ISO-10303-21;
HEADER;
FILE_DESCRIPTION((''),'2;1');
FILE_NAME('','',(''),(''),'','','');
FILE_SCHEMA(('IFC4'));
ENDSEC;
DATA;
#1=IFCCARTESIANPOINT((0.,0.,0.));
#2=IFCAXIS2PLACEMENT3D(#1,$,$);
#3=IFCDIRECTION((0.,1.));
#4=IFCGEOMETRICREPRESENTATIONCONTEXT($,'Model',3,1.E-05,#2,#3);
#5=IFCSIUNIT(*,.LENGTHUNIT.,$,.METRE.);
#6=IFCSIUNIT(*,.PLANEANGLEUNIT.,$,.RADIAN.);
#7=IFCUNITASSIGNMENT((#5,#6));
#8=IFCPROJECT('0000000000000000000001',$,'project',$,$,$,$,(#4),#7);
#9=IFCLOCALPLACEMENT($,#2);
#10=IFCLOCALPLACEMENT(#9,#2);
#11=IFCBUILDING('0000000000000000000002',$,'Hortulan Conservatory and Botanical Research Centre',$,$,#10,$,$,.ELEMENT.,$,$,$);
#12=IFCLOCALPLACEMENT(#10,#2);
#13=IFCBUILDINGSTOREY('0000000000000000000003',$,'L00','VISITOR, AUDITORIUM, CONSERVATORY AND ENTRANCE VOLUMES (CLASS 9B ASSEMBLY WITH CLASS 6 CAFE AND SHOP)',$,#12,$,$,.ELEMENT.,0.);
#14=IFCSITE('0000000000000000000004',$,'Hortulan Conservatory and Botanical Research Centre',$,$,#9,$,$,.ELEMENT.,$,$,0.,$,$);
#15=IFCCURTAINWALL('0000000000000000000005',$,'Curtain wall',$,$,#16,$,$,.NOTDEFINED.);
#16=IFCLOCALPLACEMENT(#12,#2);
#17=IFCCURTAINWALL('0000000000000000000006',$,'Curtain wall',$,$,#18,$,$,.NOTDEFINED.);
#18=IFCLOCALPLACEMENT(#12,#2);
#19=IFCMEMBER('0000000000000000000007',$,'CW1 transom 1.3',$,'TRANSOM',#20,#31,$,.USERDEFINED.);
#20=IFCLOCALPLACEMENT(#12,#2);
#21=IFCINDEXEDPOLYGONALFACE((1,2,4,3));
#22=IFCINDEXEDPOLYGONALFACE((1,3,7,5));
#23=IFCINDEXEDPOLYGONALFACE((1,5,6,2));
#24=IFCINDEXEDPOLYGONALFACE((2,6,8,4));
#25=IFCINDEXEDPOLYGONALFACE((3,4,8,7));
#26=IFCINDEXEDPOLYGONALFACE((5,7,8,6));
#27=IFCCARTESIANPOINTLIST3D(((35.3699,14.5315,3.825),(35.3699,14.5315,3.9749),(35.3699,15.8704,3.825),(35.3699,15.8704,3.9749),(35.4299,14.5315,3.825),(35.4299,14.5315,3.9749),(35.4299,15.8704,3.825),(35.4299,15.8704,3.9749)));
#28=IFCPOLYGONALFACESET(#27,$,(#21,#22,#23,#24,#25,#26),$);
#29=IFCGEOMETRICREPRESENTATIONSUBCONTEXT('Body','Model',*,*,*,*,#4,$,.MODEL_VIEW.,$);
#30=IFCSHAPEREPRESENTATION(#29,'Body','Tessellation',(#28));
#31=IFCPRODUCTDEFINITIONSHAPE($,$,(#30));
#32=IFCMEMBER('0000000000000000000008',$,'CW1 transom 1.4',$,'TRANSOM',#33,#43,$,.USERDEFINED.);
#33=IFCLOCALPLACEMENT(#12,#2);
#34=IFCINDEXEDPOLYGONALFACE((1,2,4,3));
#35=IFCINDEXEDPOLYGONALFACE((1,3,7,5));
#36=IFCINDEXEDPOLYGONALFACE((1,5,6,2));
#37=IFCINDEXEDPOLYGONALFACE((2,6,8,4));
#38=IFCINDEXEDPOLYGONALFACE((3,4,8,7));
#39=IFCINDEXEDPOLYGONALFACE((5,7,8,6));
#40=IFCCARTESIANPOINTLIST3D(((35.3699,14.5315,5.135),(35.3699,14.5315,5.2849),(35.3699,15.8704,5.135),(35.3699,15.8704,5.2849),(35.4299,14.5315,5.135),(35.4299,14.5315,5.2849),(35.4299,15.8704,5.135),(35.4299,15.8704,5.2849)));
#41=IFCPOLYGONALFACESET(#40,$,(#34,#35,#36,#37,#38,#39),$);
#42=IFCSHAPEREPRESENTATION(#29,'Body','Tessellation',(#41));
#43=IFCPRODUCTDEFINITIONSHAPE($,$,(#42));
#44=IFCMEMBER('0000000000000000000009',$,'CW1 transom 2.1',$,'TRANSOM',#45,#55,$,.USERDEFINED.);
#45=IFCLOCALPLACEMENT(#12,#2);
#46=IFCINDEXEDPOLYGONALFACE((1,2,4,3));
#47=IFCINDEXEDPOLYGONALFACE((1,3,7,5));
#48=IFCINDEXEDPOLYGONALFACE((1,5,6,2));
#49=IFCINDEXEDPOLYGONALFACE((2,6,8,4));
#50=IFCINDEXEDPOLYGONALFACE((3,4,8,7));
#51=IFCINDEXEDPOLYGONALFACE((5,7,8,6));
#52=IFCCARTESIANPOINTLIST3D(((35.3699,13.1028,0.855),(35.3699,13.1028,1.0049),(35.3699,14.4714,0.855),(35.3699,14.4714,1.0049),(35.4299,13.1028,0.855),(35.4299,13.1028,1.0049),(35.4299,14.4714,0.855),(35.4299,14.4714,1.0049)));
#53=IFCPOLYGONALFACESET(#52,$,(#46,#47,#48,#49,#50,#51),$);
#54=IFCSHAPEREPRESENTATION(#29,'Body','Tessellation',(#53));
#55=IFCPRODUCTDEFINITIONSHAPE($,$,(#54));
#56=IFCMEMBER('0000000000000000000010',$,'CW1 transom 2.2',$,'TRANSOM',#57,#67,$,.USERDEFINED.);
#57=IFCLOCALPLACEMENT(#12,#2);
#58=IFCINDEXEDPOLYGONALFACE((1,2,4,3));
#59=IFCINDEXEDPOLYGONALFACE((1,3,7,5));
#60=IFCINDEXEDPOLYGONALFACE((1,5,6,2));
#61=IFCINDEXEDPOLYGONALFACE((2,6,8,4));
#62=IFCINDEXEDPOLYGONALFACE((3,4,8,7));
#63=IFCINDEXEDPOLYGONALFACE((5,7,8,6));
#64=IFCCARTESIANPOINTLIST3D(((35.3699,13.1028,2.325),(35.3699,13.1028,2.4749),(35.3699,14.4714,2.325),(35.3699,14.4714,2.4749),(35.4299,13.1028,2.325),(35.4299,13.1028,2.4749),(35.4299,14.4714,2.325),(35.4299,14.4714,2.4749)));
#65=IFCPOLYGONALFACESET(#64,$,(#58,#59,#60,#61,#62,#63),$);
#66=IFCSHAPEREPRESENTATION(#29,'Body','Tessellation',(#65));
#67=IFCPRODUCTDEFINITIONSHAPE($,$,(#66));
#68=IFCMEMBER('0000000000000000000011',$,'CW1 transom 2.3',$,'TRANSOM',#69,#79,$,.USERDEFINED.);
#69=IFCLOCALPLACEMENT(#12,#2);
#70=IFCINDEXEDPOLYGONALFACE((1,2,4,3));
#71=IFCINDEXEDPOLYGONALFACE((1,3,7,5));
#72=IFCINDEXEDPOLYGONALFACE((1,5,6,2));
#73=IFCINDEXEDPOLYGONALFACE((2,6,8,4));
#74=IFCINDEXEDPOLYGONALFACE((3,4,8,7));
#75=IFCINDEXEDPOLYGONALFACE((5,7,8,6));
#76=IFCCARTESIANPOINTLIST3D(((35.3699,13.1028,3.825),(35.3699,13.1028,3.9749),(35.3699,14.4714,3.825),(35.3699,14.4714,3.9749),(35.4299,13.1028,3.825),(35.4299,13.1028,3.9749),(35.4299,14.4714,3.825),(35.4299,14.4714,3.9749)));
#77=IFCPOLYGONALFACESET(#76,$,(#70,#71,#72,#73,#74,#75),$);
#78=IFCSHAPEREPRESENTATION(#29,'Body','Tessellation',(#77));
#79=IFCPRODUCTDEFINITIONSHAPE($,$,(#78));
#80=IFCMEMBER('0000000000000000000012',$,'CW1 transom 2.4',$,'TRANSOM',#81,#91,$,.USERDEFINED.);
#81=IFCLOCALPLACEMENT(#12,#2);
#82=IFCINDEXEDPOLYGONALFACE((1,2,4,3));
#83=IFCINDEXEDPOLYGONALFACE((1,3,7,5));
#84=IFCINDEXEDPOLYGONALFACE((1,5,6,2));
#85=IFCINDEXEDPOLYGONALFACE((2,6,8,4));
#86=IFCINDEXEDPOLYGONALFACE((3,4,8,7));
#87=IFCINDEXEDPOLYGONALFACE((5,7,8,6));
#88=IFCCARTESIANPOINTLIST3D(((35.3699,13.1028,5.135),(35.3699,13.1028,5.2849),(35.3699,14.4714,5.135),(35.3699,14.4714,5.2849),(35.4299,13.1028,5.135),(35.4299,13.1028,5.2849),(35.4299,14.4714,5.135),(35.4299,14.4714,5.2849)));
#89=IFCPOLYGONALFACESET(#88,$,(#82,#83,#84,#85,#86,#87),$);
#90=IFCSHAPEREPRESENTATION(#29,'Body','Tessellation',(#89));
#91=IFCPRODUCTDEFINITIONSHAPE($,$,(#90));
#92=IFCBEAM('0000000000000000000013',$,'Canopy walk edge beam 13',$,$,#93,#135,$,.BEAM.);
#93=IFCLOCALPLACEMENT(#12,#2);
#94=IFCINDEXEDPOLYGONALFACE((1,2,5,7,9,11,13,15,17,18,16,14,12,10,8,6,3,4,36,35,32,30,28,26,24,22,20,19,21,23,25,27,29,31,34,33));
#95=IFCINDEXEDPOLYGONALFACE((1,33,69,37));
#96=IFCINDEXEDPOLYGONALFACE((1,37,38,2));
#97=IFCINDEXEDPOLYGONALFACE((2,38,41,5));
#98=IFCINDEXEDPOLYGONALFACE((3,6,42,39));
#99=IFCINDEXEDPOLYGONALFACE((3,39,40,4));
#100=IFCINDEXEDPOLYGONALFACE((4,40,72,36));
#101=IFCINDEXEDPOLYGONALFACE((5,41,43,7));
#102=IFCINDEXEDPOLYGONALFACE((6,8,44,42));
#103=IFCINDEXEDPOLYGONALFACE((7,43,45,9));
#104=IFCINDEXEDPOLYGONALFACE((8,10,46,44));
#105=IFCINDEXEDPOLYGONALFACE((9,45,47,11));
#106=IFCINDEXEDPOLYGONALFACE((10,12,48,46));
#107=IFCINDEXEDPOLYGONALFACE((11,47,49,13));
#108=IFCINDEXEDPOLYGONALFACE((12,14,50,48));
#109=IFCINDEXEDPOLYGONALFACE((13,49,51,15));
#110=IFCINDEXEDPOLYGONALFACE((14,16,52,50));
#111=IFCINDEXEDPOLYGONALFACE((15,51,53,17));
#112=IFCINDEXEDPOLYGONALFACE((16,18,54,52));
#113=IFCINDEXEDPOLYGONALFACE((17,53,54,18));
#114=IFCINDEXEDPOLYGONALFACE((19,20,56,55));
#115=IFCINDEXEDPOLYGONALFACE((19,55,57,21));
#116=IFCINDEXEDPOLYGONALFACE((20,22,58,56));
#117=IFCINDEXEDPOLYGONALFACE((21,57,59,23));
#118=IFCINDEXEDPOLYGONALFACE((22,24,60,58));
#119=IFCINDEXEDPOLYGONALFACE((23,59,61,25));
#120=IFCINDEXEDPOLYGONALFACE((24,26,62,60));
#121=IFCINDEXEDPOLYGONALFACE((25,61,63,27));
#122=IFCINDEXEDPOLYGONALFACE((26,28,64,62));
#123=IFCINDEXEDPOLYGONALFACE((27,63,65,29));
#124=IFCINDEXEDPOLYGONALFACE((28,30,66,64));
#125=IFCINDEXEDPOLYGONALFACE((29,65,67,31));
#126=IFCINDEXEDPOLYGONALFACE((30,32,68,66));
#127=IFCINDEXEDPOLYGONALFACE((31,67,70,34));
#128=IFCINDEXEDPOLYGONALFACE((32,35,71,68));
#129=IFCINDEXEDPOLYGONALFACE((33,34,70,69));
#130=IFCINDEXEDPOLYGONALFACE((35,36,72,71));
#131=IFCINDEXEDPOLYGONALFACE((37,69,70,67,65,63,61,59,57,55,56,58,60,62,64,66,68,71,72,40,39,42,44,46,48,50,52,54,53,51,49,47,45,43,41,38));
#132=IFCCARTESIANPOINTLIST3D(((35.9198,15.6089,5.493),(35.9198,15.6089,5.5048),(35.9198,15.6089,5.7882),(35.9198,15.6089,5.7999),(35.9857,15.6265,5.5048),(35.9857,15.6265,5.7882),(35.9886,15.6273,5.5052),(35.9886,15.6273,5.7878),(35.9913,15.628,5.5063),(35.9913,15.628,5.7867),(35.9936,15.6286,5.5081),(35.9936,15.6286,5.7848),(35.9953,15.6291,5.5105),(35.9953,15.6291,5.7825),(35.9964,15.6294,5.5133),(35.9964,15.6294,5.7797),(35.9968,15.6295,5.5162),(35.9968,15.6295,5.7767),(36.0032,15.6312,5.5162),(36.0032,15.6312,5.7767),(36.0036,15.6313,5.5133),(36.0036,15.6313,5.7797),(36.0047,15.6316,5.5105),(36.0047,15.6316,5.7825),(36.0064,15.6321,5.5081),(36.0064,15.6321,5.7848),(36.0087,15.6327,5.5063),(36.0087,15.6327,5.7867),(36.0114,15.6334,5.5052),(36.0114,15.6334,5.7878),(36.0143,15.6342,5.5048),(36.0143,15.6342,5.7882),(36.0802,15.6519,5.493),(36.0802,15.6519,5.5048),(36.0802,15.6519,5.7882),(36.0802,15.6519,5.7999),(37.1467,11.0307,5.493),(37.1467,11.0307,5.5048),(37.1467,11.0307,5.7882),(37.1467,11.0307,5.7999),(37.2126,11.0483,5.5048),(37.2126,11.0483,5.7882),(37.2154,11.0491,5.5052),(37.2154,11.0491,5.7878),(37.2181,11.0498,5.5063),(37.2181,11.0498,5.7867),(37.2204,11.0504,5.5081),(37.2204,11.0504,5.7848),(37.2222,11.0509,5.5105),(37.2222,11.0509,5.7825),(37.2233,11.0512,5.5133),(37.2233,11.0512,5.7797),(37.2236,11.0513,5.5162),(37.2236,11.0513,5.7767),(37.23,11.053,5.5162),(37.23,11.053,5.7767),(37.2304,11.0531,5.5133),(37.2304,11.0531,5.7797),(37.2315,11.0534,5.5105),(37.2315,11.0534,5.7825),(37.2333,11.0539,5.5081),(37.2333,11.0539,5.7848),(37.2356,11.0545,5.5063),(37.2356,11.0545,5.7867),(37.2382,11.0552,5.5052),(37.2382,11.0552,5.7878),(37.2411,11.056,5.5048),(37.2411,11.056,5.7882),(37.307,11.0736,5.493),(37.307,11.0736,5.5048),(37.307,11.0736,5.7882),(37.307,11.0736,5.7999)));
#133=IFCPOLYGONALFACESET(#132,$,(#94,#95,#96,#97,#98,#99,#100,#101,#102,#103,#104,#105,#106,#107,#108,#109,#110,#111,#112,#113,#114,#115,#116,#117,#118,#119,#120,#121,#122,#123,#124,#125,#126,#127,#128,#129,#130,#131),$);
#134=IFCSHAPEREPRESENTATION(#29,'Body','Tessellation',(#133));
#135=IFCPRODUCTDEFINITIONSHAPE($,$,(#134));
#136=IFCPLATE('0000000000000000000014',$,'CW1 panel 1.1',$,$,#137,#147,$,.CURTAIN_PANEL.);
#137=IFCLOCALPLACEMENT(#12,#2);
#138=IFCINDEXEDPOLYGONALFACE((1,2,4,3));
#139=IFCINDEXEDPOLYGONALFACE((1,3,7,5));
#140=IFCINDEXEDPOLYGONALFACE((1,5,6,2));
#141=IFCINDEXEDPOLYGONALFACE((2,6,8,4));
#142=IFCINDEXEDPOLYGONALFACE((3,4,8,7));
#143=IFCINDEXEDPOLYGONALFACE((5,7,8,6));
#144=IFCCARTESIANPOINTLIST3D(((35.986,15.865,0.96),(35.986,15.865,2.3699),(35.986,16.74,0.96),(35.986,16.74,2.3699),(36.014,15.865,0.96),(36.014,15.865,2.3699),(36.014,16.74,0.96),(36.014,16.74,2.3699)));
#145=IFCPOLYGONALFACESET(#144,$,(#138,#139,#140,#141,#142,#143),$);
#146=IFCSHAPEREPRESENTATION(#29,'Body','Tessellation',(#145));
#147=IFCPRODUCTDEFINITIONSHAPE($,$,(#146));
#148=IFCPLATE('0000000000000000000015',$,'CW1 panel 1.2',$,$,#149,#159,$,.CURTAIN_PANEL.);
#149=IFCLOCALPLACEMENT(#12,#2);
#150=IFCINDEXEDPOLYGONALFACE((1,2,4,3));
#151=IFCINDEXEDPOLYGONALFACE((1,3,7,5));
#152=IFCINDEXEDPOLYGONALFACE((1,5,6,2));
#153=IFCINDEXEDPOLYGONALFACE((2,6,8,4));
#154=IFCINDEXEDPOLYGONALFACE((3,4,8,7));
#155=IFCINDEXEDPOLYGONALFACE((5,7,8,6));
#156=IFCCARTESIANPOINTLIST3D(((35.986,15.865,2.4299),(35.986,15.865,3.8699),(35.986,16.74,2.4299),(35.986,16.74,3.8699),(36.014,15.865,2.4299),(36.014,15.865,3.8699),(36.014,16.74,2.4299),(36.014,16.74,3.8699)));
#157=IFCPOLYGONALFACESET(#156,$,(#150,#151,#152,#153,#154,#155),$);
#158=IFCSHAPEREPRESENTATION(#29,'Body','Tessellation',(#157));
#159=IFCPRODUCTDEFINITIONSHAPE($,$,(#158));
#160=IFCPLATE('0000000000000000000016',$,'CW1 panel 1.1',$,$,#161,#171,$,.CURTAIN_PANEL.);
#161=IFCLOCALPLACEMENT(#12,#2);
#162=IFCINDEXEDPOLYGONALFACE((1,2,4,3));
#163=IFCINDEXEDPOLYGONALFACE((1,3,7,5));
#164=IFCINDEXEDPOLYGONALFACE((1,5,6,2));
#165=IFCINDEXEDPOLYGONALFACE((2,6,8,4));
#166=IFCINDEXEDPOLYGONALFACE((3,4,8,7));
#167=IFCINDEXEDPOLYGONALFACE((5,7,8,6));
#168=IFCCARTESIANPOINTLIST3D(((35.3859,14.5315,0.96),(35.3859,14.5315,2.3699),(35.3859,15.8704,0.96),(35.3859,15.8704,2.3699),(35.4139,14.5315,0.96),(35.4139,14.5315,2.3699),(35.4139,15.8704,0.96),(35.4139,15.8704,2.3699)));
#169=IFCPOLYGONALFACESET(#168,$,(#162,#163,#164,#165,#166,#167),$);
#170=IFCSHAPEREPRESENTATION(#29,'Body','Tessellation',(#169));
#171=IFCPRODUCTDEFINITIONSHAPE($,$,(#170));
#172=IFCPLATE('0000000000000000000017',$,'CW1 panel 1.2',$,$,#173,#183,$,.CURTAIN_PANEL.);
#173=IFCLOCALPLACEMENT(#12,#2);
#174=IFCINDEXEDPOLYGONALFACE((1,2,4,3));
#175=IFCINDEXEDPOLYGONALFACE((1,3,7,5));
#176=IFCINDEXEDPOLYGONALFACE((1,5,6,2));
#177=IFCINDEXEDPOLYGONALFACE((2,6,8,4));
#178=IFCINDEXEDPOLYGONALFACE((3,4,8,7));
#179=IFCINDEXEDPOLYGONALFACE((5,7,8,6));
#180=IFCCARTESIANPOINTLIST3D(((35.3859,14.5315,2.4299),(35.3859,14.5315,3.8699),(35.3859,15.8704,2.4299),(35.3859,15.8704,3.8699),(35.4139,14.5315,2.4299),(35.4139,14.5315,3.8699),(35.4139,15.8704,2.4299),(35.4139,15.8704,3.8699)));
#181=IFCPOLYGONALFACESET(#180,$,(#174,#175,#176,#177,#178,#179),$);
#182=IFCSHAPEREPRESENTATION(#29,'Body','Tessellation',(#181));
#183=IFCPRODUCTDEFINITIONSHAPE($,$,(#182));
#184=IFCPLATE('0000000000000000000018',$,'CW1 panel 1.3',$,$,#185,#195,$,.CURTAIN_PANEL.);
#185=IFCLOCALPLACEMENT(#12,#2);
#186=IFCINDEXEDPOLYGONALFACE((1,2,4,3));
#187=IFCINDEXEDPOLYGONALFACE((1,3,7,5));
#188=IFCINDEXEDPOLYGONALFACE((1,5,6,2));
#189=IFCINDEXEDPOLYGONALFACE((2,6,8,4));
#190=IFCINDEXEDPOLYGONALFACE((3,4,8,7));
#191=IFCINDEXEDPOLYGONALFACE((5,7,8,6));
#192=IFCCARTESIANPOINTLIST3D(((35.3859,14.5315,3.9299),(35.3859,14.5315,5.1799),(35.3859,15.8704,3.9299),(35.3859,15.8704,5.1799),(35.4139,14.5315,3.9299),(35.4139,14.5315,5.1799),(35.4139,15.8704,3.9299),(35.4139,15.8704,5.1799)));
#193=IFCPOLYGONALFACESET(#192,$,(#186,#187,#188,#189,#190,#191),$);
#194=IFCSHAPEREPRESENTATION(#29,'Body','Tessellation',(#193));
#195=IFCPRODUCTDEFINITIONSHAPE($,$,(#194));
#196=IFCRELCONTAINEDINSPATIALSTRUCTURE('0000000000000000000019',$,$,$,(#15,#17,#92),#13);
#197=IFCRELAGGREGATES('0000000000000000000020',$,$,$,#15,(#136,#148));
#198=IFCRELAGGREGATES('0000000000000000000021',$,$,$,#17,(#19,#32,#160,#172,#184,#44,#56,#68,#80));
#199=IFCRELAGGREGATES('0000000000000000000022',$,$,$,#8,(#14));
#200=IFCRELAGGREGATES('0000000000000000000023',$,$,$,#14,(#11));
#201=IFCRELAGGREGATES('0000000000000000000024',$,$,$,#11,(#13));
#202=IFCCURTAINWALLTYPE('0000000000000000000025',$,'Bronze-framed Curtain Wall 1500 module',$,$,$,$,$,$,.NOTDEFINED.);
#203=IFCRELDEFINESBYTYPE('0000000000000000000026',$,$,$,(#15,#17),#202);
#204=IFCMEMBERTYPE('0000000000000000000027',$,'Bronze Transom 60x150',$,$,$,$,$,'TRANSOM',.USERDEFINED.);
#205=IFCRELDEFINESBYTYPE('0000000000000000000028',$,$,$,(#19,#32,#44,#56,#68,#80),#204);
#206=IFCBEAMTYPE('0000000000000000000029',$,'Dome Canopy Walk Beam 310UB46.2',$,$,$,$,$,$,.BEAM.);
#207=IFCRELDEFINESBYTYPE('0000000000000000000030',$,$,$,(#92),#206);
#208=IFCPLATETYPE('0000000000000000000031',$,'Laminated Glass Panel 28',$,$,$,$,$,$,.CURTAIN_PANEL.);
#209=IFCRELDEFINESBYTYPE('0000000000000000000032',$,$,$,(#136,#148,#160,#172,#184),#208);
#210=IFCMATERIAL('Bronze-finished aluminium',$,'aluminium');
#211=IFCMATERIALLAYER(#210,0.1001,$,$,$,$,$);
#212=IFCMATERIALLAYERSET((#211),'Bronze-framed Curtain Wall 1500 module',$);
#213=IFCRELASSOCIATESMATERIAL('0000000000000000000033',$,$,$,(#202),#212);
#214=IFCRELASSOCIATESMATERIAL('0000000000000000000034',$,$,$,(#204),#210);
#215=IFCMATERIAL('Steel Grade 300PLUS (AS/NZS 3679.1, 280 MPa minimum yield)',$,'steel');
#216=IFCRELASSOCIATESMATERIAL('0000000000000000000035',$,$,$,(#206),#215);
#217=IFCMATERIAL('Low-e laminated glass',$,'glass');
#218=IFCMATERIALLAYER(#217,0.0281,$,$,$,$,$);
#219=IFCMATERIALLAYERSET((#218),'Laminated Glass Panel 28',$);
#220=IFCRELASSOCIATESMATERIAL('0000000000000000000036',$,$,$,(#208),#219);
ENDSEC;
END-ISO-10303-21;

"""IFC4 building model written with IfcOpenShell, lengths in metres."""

from ifc_helpers import new_model, si_unit, direction, frame, origin, origin_2d, place, context, subcontext, project, spatial, rectangle, i_section, extrude, material, layer, layer_set, material_profile, profile_set, type_object, element, aggregate, save


model = new_model("IFC4")

# Units and contexts
model_context = context("Model", 3, precision=1e-05, world=origin(), true_north=direction((0.0, 1.0)))
body_context = subcontext(model_context, "Body", "Model", "MODEL_VIEW")
ifc_project = project(units=[si_unit("LENGTHUNIT", "METRE"), si_unit("PLANEANGLEUNIT", "RADIAN")], contexts=[model_context])

# Site, building, storey
site_placement = place(None, origin())
site = spatial("IfcSite", under=ifc_project, at=site_placement, Name="Hortulan Conservatory and Botanical Research Centre", CompositionType="ELEMENT", RefElevation=0.0)
building_placement = place(site_placement, origin())
building = spatial("IfcBuilding", under=site, at=building_placement, Name="Hortulan Conservatory and Botanical Research Centre", CompositionType="ELEMENT")
storey_placement = place(building_placement, origin())
storey = spatial("IfcBuildingStorey", under=building, at=storey_placement, Name="L00", Description="VISITOR, AUDITORIUM, CONSERVATORY AND ENTRANCE VOLUMES (CLASS 9B ASSEMBLY WITH CLASS 6 CAFE AND SHOP)", CompositionType="ELEMENT", Elevation=0.0)

# Curtain wall
ifc_material_1 = material(Name="Bronze-finished aluminium", Category="aluminium")
ifc_layer_1 = layer(ifc_material_1, 0.1001)
ifc_layer_set_1 = layer_set([ifc_layer_1], Name="Bronze-framed Curtain Wall 1500 module")
curtain_wall_type = type_object("IfcCurtainWallType", Name="Bronze-framed Curtain Wall 1500 module", PredefinedType="NOTDEFINED", material=ifc_layer_set_1)
curtain_wall_1_placement = place(storey_placement, origin())
curtain_wall_1 = element("IfcCurtainWall", 1, at=curtain_wall_1_placement, inside=storey, type_object=curtain_wall_type, Name="Curtain wall", PredefinedType="NOTDEFINED")

# Curtain wall
curtain_wall_2_placement = place(storey_placement, origin())
curtain_wall_2 = element("IfcCurtainWall", 2, at=curtain_wall_2_placement, inside=storey, type_object=curtain_wall_type, Name="Curtain wall", PredefinedType="NOTDEFINED")

# Members
ifc_material_profile_1 = material_profile(ifc_material_1, rectangle(XDim=0.0601, YDim=0.1499, at=origin_2d()), Name="Bronze Transom 60x150")
ifc_profile_set_1 = profile_set([ifc_material_profile_1], Name="Bronze-finished aluminium")
member_type_1 = type_object("IfcMemberType", Name="Bronze Transom 60x150", ElementType="TRANSOM", PredefinedType="USERDEFINED", material=ifc_profile_set_1)
member_1_placement = place(storey_placement, frame((35.3999, 15.8704, 3.8999), z_axis=(0.0, -1.0, 0.0), x_axis=(1.0, 0.0, 0.0)))
member_1 = element("IfcMember", 3, at=member_1_placement, type_object=member_type_1, Name="CW1 transom 1.3", ObjectType="TRANSOM", PredefinedType="USERDEFINED", context=body_context, shape_type="SweptSolid", body=[
    extrude(rectangle(XDim=0.0601, YDim=0.1499, at=origin_2d()), origin(), (0.0, 0.0, 1.0), 1.3389),
])
member_2_placement = place(storey_placement, frame((35.3999, 15.8704, 5.21), z_axis=(0.0, -1.0, 0.0), x_axis=(1.0, 0.0, 0.0)))
member_2 = element("IfcMember", 4, at=member_2_placement, type_object=member_type_1, Name="CW1 transom 1.4", ObjectType="TRANSOM", PredefinedType="USERDEFINED", context=body_context, shape_type="SweptSolid", body=[
    extrude(rectangle(XDim=0.0601, YDim=0.1499, at=origin_2d()), origin(), (0.0, 0.0, 1.0), 1.3389),
])
member_3_placement = place(storey_placement, frame((35.3999, 14.4714, 0.9299), z_axis=(0.0, -1.0, 0.0), x_axis=(1.0, 0.0, 0.0)))
member_3 = element("IfcMember", 5, at=member_3_placement, type_object=member_type_1, Name="CW1 transom 2.1", ObjectType="TRANSOM", PredefinedType="USERDEFINED", context=body_context, shape_type="SweptSolid", body=[
    extrude(rectangle(XDim=0.0601, YDim=0.1499, at=origin_2d()), origin(), (0.0, 0.0, 1.0), 1.3687),
])
member_4_placement = place(storey_placement, frame((35.3999, 14.4714, 2.3999), z_axis=(0.0, -1.0, 0.0), x_axis=(1.0, 0.0, 0.0)))
member_4 = element("IfcMember", 6, at=member_4_placement, type_object=member_type_1, Name="CW1 transom 2.2", ObjectType="TRANSOM", PredefinedType="USERDEFINED", context=body_context, shape_type="SweptSolid", body=[
    extrude(rectangle(XDim=0.0601, YDim=0.1499, at=origin_2d()), origin(), (0.0, 0.0, 1.0), 1.3687),
])
member_5_placement = place(storey_placement, frame((35.3999, 14.4714, 3.8999), z_axis=(0.0, -1.0, 0.0), x_axis=(1.0, 0.0, 0.0)))
member_5 = element("IfcMember", 7, at=member_5_placement, type_object=member_type_1, Name="CW1 transom 2.3", ObjectType="TRANSOM", PredefinedType="USERDEFINED", context=body_context, shape_type="SweptSolid", body=[
    extrude(rectangle(XDim=0.0601, YDim=0.1499, at=origin_2d()), origin(), (0.0, 0.0, 1.0), 1.3687),
])
member_6_placement = place(storey_placement, frame((35.3999, 14.4714, 5.21), z_axis=(0.0, -1.0, 0.0), x_axis=(1.0, 0.0, 0.0)))
member_6 = element("IfcMember", 8, at=member_6_placement, type_object=member_type_1, Name="CW1 transom 2.4", ObjectType="TRANSOM", PredefinedType="USERDEFINED", context=body_context, shape_type="SweptSolid", body=[
    extrude(rectangle(XDim=0.0601, YDim=0.1499, at=origin_2d()), origin(), (0.0, 0.0, 1.0), 1.3687),
])

# Beam
ifc_material_2 = material(Name="Steel Grade 300PLUS (AS/NZS 3679.1, 280 MPa minimum yield)", Category="steel")
ifc_material_profile_2 = material_profile(ifc_material_2, i_section(OverallWidth=0.166, OverallDepth=0.3069, WebThickness=0.0066, FlangeThickness=0.0117, FilletRadius=0.0115, at=origin_2d()), Name="310UB46.2")
ifc_profile_set_2 = profile_set([ifc_material_profile_2], Name="Steel Grade 300PLUS (AS/NZS 3679.1, 280 MPa minimum yield)")
beam_type = type_object("IfcBeamType", Name="Dome Canopy Walk Beam 310UB46.2", PredefinedType="BEAM", material=ifc_profile_set_2)
beam_placement = place(storey_placement, frame((36.0, 15.6304, 5.6465), z_axis=(0.258839, -0.96592, 0.0), x_axis=(0.96592, 0.258839, 0.0)))
element("IfcBeam", 9, at=beam_placement, inside=storey, type_object=beam_type, Name="Canopy walk edge beam 13", PredefinedType="BEAM", context=body_context, shape_type="SweptSolid", body=[
    extrude(i_section(OverallWidth=0.166, OverallDepth=0.3069, WebThickness=0.0066, FlangeThickness=0.0117, FilletRadius=0.0115, at=origin_2d()), origin(), (0.0, 0.0, 1.0), 4.7397),
])

# Plates
ifc_material_3 = material(Name="Low-e laminated glass", Category="glass")
ifc_layer_2 = layer(ifc_material_3, 0.0281)
ifc_layer_set_2 = layer_set([ifc_layer_2], Name="Laminated Glass Panel 28")
plate_type = type_object("IfcPlateType", Name="Laminated Glass Panel 28", PredefinedType="CURTAIN_PANEL", material=ifc_layer_set_2)
plate_1_placement = place(storey_placement, frame((36.0, 16.3025, 0.96), z_axis=(0.0, 0.0, 1.0), x_axis=(0.0, 1.0, 0.0)))
plate_1 = element("IfcPlate", 10, at=plate_1_placement, type_object=plate_type, Name="CW1 panel 1.1", PredefinedType="CURTAIN_PANEL", context=body_context, shape_type="SweptSolid", body=[
    extrude(rectangle(XDim=0.875, YDim=0.0281, at=origin_2d()), origin(), (0.0, 0.0, 1.0), 1.4099),
])
plate_2_placement = place(storey_placement, frame((36.0, 16.3025, 2.4299), z_axis=(0.0, 0.0, 1.0), x_axis=(0.0, 1.0, 0.0)))
plate_2 = element("IfcPlate", 11, at=plate_2_placement, type_object=plate_type, Name="CW1 panel 1.2", PredefinedType="CURTAIN_PANEL", context=body_context, shape_type="SweptSolid", body=[
    extrude(rectangle(XDim=0.875, YDim=0.0281, at=origin_2d()), origin(), (0.0, 0.0, 1.0), 1.4399),
])
aggregate(curtain_wall_1, [plate_1, plate_2])
plate_3_placement = place(storey_placement, frame((35.3999, 15.2009, 0.96), z_axis=(0.0, 0.0, 1.0), x_axis=(0.0, -1.0, 0.0)))
plate_3 = element("IfcPlate", 12, at=plate_3_placement, type_object=plate_type, Name="CW1 panel 1.1", PredefinedType="CURTAIN_PANEL", context=body_context, shape_type="SweptSolid", body=[
    extrude(rectangle(XDim=1.3389, YDim=0.0281, at=origin_2d()), origin(), (0.0, 0.0, 1.0), 1.4099),
])
plate_4_placement = place(storey_placement, frame((35.3999, 15.2009, 2.4299), z_axis=(0.0, 0.0, 1.0), x_axis=(0.0, -1.0, 0.0)))
plate_4 = element("IfcPlate", 13, at=plate_4_placement, type_object=plate_type, Name="CW1 panel 1.2", PredefinedType="CURTAIN_PANEL", context=body_context, shape_type="SweptSolid", body=[
    extrude(rectangle(XDim=1.3389, YDim=0.0281, at=origin_2d()), origin(), (0.0, 0.0, 1.0), 1.4399),
])
plate_5_placement = place(storey_placement, frame((35.3999, 15.2009, 3.9299), z_axis=(0.0, 0.0, 1.0), x_axis=(0.0, -1.0, 0.0)))
plate_5 = element("IfcPlate", 14, at=plate_5_placement, type_object=plate_type, Name="CW1 panel 1.3", PredefinedType="CURTAIN_PANEL", context=body_context, shape_type="SweptSolid", body=[
    extrude(rectangle(XDim=1.3389, YDim=0.0281, at=origin_2d()), origin(), (0.0, 0.0, 1.0), 1.25),
])
aggregate(curtain_wall_2, [member_1, member_2, plate_3, plate_4, plate_5, member_3, member_4, member_5, member_6])

save(model, "model.ifc")
